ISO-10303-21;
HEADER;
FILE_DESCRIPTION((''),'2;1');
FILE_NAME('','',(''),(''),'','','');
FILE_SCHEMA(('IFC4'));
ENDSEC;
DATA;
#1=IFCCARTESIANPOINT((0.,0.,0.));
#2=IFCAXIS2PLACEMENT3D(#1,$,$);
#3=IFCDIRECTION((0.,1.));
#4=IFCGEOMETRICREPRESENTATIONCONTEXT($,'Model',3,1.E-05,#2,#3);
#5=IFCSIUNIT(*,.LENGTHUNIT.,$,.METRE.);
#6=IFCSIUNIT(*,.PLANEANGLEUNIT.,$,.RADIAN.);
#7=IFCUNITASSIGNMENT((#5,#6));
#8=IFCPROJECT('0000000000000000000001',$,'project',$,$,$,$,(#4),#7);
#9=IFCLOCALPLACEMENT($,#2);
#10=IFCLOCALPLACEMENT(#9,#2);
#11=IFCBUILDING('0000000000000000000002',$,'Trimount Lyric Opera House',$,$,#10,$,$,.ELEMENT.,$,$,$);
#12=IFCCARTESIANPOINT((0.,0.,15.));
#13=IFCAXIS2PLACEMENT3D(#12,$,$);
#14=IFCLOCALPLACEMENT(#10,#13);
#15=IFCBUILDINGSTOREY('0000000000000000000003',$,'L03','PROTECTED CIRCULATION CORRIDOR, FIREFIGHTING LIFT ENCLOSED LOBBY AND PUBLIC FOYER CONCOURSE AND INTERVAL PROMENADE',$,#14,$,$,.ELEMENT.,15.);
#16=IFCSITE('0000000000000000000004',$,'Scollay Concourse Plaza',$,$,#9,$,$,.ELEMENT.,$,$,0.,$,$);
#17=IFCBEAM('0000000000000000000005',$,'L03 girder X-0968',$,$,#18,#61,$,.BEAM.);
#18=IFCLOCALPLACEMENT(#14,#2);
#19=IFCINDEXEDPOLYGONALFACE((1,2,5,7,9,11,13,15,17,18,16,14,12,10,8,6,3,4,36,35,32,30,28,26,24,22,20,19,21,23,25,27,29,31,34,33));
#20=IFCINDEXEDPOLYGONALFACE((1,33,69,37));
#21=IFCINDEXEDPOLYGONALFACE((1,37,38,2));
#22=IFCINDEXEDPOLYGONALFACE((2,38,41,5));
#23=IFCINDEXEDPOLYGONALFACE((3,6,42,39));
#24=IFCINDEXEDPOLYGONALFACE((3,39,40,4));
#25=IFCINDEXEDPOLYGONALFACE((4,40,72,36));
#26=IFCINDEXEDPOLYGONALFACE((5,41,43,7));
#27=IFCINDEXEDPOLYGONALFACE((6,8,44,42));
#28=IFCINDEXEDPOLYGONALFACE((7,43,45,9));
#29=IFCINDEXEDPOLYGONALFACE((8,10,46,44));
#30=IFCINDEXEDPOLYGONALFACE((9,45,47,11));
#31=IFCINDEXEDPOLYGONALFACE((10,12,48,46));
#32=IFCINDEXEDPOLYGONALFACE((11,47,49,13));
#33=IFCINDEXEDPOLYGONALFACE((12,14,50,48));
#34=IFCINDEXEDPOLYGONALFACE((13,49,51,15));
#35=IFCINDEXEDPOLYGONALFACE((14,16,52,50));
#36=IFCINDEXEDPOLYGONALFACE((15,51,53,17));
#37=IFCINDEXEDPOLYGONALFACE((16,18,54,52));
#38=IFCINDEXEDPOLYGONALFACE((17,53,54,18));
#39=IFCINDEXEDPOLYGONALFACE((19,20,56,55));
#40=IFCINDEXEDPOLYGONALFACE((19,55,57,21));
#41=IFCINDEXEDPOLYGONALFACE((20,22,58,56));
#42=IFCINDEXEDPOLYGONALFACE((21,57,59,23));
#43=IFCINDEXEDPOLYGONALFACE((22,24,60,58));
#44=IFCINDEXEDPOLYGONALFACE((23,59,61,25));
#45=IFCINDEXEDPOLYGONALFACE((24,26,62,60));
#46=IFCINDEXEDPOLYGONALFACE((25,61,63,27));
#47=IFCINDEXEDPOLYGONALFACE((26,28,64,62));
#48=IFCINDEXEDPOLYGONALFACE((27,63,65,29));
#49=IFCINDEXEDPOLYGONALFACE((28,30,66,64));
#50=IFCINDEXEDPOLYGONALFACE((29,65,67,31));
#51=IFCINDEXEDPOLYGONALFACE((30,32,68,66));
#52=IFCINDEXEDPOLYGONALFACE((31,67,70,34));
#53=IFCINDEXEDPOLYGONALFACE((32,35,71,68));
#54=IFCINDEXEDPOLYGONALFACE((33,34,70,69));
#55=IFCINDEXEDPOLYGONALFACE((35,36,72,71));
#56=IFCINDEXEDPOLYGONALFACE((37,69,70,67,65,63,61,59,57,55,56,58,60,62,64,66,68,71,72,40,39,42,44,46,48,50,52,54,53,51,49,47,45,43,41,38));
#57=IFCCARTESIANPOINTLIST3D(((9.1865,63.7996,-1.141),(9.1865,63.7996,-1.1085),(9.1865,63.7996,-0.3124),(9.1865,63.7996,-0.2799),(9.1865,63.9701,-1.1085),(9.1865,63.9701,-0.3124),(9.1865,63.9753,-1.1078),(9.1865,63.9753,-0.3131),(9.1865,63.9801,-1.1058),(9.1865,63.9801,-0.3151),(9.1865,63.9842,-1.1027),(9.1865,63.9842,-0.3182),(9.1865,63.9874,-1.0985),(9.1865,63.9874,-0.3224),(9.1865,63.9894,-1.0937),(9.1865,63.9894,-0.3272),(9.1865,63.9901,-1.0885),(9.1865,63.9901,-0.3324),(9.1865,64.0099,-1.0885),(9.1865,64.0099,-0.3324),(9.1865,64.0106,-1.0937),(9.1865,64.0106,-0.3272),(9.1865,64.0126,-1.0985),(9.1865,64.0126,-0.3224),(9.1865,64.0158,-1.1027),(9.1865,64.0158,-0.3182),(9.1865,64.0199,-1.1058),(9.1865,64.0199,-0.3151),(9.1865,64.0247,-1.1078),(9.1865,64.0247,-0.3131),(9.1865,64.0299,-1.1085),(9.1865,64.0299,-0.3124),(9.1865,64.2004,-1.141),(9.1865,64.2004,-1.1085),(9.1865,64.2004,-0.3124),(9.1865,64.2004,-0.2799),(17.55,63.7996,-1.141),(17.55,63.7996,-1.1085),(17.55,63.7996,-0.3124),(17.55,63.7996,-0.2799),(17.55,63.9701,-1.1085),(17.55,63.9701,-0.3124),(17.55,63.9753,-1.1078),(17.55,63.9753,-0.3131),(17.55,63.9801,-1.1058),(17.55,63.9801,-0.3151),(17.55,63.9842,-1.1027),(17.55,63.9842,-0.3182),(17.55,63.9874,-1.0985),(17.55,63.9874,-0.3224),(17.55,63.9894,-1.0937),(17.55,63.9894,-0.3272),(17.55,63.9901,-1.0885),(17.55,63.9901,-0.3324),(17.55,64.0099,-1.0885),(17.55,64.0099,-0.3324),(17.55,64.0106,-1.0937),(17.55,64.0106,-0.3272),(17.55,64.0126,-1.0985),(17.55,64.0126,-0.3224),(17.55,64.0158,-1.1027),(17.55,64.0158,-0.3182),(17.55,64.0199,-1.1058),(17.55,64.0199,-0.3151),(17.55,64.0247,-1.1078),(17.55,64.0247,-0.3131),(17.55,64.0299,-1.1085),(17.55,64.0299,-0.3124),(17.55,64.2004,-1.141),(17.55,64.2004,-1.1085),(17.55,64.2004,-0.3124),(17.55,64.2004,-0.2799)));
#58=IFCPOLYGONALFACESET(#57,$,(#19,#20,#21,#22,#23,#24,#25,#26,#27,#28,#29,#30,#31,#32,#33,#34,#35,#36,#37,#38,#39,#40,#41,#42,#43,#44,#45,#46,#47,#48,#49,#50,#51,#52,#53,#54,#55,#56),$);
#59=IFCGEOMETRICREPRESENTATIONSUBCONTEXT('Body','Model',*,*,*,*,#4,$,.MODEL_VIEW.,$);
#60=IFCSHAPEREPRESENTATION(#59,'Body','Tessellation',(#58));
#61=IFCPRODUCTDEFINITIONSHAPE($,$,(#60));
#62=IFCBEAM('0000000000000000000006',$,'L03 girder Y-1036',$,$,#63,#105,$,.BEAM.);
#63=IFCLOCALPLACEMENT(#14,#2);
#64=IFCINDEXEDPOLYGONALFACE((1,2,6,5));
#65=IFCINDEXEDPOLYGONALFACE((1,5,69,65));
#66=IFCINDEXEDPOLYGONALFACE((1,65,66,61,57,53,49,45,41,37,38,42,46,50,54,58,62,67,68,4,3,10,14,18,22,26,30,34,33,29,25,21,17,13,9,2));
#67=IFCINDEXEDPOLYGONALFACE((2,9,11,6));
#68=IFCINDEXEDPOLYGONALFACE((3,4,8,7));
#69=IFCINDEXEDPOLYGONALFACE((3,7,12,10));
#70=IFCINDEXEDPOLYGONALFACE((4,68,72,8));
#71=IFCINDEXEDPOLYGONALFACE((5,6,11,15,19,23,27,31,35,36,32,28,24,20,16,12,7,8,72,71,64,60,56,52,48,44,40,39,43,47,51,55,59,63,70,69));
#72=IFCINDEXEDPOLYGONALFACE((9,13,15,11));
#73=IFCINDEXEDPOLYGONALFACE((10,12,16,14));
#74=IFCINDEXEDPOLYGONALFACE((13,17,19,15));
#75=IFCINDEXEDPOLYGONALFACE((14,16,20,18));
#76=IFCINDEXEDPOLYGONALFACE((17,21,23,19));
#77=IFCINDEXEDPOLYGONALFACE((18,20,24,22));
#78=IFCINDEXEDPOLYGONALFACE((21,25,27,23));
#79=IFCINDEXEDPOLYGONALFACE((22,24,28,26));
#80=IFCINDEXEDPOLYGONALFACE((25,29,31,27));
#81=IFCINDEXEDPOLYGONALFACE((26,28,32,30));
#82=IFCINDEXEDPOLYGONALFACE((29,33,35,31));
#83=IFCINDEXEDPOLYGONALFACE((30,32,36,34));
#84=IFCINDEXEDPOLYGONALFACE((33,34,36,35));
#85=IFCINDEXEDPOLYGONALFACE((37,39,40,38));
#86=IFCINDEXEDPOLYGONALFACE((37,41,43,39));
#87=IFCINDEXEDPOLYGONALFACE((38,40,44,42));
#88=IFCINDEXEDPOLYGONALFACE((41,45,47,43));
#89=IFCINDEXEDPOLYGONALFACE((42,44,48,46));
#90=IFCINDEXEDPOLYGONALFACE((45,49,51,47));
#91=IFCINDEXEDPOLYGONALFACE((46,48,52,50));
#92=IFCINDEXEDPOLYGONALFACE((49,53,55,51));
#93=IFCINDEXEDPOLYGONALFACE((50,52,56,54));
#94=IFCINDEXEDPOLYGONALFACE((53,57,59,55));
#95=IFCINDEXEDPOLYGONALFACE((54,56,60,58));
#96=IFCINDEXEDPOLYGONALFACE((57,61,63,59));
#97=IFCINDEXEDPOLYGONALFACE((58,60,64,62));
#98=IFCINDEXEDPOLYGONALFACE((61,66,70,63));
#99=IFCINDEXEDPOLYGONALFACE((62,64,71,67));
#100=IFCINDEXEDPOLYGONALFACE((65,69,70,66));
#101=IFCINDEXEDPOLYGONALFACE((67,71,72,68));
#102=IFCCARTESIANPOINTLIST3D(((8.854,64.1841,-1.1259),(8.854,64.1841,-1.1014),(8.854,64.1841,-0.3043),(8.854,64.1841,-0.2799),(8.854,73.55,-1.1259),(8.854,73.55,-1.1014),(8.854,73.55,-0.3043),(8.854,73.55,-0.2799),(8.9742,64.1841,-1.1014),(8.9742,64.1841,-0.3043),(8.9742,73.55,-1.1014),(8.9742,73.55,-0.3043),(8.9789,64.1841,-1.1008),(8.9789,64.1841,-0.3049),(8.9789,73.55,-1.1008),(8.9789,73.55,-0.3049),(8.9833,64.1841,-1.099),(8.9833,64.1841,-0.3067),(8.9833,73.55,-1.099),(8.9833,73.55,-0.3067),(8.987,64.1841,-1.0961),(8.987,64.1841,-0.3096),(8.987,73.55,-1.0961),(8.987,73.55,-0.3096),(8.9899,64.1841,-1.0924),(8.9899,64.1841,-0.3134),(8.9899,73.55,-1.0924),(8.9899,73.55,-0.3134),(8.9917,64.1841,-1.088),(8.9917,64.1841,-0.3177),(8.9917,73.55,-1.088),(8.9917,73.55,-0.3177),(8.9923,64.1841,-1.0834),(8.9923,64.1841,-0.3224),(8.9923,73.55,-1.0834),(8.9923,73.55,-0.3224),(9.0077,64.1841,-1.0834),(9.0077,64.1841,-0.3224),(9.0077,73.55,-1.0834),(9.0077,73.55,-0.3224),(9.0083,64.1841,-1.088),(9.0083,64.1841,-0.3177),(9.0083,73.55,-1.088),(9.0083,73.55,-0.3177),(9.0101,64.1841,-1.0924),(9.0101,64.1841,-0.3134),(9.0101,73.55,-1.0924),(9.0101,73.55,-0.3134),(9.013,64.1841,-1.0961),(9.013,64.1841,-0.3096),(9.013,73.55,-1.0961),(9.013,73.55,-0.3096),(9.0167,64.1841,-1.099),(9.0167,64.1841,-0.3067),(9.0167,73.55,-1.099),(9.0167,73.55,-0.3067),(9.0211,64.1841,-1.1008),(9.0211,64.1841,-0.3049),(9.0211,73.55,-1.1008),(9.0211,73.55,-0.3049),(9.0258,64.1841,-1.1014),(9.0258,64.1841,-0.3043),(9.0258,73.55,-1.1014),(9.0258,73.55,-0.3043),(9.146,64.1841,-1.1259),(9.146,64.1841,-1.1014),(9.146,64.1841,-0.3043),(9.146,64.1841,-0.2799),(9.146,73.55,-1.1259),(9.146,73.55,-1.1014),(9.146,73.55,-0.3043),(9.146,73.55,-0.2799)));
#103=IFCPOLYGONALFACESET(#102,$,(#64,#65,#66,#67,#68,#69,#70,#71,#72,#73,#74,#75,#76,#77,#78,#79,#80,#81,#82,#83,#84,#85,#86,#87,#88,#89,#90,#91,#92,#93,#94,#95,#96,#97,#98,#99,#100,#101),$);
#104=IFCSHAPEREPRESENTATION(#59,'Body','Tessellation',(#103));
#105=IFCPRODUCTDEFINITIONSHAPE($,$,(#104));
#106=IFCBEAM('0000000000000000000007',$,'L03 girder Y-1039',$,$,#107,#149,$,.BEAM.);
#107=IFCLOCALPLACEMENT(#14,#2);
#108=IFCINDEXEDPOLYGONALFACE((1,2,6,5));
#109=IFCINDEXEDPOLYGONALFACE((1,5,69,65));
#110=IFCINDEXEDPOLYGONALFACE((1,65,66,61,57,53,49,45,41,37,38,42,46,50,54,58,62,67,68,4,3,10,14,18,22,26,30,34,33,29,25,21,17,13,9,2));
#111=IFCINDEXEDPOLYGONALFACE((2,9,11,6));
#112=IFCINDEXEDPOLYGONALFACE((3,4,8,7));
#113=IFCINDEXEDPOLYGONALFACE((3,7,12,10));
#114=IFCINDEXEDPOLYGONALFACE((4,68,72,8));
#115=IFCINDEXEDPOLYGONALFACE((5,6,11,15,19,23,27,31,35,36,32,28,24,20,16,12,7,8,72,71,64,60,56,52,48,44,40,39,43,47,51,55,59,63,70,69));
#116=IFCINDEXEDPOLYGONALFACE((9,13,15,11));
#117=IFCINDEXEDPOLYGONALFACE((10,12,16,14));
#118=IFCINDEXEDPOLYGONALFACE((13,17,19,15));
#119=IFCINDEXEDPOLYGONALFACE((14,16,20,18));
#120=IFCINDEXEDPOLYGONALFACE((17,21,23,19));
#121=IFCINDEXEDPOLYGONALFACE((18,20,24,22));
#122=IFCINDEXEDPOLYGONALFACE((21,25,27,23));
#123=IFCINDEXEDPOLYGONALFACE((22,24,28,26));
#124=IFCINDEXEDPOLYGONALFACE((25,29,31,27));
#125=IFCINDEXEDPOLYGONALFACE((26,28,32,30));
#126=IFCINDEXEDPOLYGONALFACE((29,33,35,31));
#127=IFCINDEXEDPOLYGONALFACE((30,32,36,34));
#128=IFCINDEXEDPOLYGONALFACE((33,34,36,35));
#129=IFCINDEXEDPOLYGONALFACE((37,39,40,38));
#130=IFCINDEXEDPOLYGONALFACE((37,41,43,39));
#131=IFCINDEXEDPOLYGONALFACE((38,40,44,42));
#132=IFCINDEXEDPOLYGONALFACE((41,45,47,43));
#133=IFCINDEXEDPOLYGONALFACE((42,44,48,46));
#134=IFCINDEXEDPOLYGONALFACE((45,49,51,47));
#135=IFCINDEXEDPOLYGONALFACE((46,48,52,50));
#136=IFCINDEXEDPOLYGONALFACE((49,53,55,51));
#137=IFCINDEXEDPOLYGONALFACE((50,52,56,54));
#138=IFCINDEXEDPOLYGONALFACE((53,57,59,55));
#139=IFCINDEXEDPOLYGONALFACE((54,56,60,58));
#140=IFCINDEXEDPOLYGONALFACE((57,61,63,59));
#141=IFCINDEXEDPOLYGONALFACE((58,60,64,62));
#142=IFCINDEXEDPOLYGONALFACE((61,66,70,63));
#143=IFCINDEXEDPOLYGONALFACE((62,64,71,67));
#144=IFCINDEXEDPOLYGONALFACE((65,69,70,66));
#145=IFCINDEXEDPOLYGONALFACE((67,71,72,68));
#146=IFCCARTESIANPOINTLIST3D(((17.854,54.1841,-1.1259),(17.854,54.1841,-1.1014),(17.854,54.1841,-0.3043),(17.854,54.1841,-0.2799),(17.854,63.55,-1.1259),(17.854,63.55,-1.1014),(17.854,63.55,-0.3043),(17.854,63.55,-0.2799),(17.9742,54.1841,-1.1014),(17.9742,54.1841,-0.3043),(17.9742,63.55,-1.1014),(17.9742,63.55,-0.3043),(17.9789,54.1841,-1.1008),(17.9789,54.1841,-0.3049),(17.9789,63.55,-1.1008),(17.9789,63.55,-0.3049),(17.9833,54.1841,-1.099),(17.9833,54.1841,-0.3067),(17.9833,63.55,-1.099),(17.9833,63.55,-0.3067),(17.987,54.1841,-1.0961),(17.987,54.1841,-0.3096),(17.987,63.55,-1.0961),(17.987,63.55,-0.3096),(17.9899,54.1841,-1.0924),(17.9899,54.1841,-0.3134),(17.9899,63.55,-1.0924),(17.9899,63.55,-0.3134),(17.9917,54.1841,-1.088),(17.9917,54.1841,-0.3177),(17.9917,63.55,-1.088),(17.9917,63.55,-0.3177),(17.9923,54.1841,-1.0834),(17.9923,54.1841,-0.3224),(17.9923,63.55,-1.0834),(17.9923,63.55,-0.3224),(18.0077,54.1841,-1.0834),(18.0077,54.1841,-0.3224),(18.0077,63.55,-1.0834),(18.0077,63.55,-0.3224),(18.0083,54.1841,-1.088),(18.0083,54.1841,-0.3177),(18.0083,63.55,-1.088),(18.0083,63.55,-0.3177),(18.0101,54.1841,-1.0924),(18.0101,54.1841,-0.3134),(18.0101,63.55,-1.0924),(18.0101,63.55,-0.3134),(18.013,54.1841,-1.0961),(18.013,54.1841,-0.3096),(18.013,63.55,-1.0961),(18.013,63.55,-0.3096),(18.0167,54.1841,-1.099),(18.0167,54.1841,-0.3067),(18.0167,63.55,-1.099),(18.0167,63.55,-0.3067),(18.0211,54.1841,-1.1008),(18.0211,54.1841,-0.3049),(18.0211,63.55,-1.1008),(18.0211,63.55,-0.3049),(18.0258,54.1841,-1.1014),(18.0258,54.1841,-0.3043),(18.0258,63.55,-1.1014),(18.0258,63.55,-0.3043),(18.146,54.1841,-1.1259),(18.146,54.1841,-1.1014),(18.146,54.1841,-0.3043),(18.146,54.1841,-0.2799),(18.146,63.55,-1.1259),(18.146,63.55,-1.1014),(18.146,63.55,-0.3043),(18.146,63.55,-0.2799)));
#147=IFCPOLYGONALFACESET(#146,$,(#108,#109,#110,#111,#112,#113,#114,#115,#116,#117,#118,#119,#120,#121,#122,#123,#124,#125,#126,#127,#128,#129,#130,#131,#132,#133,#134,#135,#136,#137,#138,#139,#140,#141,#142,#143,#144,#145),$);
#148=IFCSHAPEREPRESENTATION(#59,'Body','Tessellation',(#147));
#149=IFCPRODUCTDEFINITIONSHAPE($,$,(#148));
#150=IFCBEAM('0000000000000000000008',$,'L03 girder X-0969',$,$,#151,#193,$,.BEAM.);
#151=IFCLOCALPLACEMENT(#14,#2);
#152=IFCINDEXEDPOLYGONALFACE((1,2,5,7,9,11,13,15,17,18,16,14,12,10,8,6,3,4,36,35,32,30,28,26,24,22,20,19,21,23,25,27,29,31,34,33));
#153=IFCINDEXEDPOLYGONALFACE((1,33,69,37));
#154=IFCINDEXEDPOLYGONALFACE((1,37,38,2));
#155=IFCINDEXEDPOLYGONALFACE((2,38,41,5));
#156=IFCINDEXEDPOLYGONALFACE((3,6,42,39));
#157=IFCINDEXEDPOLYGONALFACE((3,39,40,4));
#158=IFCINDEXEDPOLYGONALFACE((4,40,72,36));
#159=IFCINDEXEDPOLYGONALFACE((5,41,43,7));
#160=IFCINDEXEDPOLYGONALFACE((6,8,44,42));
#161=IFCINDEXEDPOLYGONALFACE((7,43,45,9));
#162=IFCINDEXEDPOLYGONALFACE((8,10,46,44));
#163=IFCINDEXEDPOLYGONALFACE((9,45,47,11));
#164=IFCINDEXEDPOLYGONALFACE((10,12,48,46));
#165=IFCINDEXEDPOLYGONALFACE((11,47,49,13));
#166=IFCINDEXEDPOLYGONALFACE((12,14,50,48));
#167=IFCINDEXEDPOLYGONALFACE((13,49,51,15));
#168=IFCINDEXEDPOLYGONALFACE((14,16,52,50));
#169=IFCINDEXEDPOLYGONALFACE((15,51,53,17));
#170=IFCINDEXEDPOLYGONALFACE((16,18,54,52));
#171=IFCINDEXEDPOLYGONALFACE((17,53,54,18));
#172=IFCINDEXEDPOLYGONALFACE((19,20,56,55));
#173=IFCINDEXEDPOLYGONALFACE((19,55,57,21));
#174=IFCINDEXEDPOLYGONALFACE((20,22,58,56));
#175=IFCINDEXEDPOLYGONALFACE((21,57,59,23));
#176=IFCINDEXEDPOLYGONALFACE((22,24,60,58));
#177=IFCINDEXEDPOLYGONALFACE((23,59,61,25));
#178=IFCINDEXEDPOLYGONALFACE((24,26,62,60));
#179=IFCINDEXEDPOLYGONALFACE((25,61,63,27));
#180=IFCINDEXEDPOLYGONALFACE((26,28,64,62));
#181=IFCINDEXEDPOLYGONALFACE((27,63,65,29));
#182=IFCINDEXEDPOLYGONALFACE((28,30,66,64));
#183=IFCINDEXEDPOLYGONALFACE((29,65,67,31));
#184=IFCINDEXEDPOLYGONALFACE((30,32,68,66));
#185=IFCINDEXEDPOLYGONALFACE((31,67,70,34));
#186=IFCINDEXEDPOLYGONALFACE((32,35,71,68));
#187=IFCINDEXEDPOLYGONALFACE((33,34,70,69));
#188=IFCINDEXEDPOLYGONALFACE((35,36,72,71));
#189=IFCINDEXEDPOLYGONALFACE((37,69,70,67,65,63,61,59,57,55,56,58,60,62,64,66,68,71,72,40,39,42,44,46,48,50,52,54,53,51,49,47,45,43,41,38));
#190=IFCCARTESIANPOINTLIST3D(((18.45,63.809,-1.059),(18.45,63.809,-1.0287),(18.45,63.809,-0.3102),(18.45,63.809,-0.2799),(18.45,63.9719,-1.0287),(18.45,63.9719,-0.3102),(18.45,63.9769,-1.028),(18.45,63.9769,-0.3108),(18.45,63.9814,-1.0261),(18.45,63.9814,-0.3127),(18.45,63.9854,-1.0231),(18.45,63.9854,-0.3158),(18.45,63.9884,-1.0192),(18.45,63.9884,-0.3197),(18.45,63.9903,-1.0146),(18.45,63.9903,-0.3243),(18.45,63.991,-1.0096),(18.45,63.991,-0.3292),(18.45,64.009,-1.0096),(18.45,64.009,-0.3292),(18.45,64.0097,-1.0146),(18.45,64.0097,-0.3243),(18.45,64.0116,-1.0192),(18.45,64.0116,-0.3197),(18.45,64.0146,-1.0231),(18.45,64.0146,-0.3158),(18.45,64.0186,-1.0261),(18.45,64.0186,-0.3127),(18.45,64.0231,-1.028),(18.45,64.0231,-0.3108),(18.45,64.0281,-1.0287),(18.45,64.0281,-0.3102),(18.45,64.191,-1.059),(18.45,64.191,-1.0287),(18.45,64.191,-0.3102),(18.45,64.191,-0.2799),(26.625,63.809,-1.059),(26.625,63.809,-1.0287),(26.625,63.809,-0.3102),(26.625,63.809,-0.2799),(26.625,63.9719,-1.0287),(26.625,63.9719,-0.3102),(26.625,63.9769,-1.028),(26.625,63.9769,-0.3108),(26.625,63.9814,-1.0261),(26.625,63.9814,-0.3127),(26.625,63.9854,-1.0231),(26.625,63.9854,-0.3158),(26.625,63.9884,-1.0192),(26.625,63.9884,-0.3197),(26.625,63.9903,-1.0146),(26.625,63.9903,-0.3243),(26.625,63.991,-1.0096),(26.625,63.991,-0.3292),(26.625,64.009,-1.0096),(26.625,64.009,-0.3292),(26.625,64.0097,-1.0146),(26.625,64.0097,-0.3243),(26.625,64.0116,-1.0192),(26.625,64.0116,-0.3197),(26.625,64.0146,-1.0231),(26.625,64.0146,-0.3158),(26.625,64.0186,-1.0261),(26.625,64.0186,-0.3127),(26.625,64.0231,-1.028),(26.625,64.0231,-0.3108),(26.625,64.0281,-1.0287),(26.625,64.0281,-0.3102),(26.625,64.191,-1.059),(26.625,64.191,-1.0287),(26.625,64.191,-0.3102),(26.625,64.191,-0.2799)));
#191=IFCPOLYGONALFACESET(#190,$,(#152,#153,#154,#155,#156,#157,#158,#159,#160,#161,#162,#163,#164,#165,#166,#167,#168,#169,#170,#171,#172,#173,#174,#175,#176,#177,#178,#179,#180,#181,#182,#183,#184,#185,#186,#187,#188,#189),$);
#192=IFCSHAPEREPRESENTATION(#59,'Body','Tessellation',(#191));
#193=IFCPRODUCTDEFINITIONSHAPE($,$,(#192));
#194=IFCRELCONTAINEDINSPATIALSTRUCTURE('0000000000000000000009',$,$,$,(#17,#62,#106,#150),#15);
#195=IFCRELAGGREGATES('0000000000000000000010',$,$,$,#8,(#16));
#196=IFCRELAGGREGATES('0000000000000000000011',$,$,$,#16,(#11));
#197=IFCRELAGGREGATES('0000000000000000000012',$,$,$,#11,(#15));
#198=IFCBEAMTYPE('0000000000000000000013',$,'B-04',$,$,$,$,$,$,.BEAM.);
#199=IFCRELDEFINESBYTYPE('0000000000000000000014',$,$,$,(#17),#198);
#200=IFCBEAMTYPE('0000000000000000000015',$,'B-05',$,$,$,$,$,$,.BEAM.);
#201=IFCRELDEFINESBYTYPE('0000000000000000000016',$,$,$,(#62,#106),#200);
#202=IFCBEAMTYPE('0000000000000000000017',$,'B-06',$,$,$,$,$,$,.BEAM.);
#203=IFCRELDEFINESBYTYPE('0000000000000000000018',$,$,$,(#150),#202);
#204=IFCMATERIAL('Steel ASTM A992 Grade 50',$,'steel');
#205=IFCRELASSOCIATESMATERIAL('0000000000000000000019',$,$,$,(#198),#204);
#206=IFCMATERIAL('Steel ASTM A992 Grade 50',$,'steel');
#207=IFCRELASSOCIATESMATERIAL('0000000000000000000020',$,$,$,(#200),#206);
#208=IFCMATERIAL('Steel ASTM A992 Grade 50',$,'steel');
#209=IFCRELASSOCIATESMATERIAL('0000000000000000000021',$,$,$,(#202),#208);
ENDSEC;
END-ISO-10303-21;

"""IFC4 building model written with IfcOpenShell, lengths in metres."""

from ifc_helpers import new_model, si_unit, direction, frame, origin, origin_2d, place, context, subcontext, project, spatial, i_section, extrude, material, material_profile, profile_set, type_object, element, save


model = new_model("IFC4")

# Units and contexts
model_context = context("Model", 3, precision=1e-05, world=origin(), true_north=direction((0.0, 1.0)))
body_context = subcontext(model_context, "Body", "Model", "MODEL_VIEW")
ifc_project = project(units=[si_unit("LENGTHUNIT", "METRE"), si_unit("PLANEANGLEUNIT", "RADIAN")], contexts=[model_context])

# Site, building, storey
site_placement = place(None, origin())
site = spatial("IfcSite", under=ifc_project, at=site_placement, Name="Scollay Concourse Plaza", CompositionType="ELEMENT", RefElevation=0.0)
building_placement = place(site_placement, origin())
building = spatial("IfcBuilding", under=site, at=building_placement, Name="Trimount Lyric Opera House", CompositionType="ELEMENT")
storey_placement = place(building_placement, frame((0.0, 0.0, 15.0)))
storey = spatial("IfcBuildingStorey", under=building, at=storey_placement, Name="L03", Description="PROTECTED CIRCULATION CORRIDOR, FIREFIGHTING LIFT ENCLOSED LOBBY AND PUBLIC FOYER CONCOURSE AND INTERVAL PROMENADE", CompositionType="ELEMENT", Elevation=15.0)

# Beams
ifc_material_1 = material(Name="Steel ASTM A992 Grade 50", Category="steel")
ifc_material_profile_1 = material_profile(ifc_material_1, i_section(OverallWidth=0.4009, OverallDepth=0.8611, WebThickness=0.0198, FlangeThickness=0.0325, FilletRadius=0.02, at=origin_2d()), Name="W33X221")
ifc_profile_set_1 = profile_set([ifc_material_profile_1], Name="Steel ASTM A992 Grade 50")
beam_type_1 = type_object("IfcBeamType", Name="B-04", PredefinedType="BEAM", material=ifc_profile_set_1)
beam_1_placement = place(storey_placement, frame((9.1865, 64.0, -0.7104), z_axis=(1.0, 0.0, 0.0), x_axis=(0.0, 1.0, 0.0)))
element("IfcBeam", 1, at=beam_1_placement, inside=storey, type_object=beam_type_1, Name="L03 girder X-0968", PredefinedType="BEAM", context=body_context, shape_type="SweptSolid", body=[
    extrude(i_section(OverallWidth=0.4009, OverallDepth=0.8611, WebThickness=0.0198, FlangeThickness=0.0325, FilletRadius=0.02, at=origin_2d()), origin(), (0.0, 0.0, 1.0), 8.3635),
])
ifc_material_2 = material(Name="Steel ASTM A992 Grade 50", Category="steel")
ifc_material_profile_2 = material_profile(ifc_material_2, i_section(OverallWidth=0.292, OverallDepth=0.8459, WebThickness=0.0154, FlangeThickness=0.0244, FilletRadius=0.0181, at=origin_2d()), Name="W33X141")
ifc_profile_set_2 = profile_set([ifc_material_profile_2], Name="Steel ASTM A992 Grade 50")
beam_type_2 = type_object("IfcBeamType", Name="B-05", PredefinedType="BEAM", material=ifc_profile_set_2)
for number, where, z_axis, x_axis, name in (
    (2, (9.0, 64.1841, -0.7029), (0.0, 1.0, 0.0), (-1.0, 0.0, 0.0), "L03 girder Y-1036"),
    (3, (18.0, 54.1841, -0.7029), (0.0, 1.0, 0.0), (-1.0, 0.0, 0.0), "L03 girder Y-1039"),
):
    element("IfcBeam", number, at=place(storey_placement, frame(where, z_axis=z_axis, x_axis=x_axis)), inside=storey, type_object=beam_type_2, Name=name, PredefinedType="BEAM", context=body_context, shape_type="SweptSolid", body=[
        extrude(i_section(OverallWidth=0.292, OverallDepth=0.8459, WebThickness=0.0154, FlangeThickness=0.0244, FilletRadius=0.0181, at=origin_2d()), origin(), (0.0, 0.0, 1.0), 9.366),
    ])
ifc_material_3 = material(Name="Steel ASTM A992 Grade 50", Category="steel")
ifc_material_profile_3 = material_profile(ifc_material_3, i_section(OverallWidth=0.3821, OverallDepth=0.7791, WebThickness=0.0181, FlangeThickness=0.0303, FilletRadius=0.019, at=origin_2d()), Name="W30X191")
ifc_profile_set_3 = profile_set([ifc_material_profile_3], Name="Steel ASTM A992 Grade 50")
beam_type_3 = type_object("IfcBeamType", Name="B-06", PredefinedType="BEAM", material=ifc_profile_set_3)
beam_2_placement = place(storey_placement, frame((18.45, 64.0, -0.6694), z_axis=(1.0, 0.0, 0.0), x_axis=(0.0, 1.0, 0.0)))
element("IfcBeam", 4, at=beam_2_placement, inside=storey, type_object=beam_type_3, Name="L03 girder X-0969", PredefinedType="BEAM", context=body_context, shape_type="SweptSolid", body=[
    extrude(i_section(OverallWidth=0.3821, OverallDepth=0.7791, WebThickness=0.0181, FlangeThickness=0.0303, FilletRadius=0.019, at=origin_2d()), origin(), (0.0, 0.0, 1.0), 8.175),
])

save(model, "model.ifc")
